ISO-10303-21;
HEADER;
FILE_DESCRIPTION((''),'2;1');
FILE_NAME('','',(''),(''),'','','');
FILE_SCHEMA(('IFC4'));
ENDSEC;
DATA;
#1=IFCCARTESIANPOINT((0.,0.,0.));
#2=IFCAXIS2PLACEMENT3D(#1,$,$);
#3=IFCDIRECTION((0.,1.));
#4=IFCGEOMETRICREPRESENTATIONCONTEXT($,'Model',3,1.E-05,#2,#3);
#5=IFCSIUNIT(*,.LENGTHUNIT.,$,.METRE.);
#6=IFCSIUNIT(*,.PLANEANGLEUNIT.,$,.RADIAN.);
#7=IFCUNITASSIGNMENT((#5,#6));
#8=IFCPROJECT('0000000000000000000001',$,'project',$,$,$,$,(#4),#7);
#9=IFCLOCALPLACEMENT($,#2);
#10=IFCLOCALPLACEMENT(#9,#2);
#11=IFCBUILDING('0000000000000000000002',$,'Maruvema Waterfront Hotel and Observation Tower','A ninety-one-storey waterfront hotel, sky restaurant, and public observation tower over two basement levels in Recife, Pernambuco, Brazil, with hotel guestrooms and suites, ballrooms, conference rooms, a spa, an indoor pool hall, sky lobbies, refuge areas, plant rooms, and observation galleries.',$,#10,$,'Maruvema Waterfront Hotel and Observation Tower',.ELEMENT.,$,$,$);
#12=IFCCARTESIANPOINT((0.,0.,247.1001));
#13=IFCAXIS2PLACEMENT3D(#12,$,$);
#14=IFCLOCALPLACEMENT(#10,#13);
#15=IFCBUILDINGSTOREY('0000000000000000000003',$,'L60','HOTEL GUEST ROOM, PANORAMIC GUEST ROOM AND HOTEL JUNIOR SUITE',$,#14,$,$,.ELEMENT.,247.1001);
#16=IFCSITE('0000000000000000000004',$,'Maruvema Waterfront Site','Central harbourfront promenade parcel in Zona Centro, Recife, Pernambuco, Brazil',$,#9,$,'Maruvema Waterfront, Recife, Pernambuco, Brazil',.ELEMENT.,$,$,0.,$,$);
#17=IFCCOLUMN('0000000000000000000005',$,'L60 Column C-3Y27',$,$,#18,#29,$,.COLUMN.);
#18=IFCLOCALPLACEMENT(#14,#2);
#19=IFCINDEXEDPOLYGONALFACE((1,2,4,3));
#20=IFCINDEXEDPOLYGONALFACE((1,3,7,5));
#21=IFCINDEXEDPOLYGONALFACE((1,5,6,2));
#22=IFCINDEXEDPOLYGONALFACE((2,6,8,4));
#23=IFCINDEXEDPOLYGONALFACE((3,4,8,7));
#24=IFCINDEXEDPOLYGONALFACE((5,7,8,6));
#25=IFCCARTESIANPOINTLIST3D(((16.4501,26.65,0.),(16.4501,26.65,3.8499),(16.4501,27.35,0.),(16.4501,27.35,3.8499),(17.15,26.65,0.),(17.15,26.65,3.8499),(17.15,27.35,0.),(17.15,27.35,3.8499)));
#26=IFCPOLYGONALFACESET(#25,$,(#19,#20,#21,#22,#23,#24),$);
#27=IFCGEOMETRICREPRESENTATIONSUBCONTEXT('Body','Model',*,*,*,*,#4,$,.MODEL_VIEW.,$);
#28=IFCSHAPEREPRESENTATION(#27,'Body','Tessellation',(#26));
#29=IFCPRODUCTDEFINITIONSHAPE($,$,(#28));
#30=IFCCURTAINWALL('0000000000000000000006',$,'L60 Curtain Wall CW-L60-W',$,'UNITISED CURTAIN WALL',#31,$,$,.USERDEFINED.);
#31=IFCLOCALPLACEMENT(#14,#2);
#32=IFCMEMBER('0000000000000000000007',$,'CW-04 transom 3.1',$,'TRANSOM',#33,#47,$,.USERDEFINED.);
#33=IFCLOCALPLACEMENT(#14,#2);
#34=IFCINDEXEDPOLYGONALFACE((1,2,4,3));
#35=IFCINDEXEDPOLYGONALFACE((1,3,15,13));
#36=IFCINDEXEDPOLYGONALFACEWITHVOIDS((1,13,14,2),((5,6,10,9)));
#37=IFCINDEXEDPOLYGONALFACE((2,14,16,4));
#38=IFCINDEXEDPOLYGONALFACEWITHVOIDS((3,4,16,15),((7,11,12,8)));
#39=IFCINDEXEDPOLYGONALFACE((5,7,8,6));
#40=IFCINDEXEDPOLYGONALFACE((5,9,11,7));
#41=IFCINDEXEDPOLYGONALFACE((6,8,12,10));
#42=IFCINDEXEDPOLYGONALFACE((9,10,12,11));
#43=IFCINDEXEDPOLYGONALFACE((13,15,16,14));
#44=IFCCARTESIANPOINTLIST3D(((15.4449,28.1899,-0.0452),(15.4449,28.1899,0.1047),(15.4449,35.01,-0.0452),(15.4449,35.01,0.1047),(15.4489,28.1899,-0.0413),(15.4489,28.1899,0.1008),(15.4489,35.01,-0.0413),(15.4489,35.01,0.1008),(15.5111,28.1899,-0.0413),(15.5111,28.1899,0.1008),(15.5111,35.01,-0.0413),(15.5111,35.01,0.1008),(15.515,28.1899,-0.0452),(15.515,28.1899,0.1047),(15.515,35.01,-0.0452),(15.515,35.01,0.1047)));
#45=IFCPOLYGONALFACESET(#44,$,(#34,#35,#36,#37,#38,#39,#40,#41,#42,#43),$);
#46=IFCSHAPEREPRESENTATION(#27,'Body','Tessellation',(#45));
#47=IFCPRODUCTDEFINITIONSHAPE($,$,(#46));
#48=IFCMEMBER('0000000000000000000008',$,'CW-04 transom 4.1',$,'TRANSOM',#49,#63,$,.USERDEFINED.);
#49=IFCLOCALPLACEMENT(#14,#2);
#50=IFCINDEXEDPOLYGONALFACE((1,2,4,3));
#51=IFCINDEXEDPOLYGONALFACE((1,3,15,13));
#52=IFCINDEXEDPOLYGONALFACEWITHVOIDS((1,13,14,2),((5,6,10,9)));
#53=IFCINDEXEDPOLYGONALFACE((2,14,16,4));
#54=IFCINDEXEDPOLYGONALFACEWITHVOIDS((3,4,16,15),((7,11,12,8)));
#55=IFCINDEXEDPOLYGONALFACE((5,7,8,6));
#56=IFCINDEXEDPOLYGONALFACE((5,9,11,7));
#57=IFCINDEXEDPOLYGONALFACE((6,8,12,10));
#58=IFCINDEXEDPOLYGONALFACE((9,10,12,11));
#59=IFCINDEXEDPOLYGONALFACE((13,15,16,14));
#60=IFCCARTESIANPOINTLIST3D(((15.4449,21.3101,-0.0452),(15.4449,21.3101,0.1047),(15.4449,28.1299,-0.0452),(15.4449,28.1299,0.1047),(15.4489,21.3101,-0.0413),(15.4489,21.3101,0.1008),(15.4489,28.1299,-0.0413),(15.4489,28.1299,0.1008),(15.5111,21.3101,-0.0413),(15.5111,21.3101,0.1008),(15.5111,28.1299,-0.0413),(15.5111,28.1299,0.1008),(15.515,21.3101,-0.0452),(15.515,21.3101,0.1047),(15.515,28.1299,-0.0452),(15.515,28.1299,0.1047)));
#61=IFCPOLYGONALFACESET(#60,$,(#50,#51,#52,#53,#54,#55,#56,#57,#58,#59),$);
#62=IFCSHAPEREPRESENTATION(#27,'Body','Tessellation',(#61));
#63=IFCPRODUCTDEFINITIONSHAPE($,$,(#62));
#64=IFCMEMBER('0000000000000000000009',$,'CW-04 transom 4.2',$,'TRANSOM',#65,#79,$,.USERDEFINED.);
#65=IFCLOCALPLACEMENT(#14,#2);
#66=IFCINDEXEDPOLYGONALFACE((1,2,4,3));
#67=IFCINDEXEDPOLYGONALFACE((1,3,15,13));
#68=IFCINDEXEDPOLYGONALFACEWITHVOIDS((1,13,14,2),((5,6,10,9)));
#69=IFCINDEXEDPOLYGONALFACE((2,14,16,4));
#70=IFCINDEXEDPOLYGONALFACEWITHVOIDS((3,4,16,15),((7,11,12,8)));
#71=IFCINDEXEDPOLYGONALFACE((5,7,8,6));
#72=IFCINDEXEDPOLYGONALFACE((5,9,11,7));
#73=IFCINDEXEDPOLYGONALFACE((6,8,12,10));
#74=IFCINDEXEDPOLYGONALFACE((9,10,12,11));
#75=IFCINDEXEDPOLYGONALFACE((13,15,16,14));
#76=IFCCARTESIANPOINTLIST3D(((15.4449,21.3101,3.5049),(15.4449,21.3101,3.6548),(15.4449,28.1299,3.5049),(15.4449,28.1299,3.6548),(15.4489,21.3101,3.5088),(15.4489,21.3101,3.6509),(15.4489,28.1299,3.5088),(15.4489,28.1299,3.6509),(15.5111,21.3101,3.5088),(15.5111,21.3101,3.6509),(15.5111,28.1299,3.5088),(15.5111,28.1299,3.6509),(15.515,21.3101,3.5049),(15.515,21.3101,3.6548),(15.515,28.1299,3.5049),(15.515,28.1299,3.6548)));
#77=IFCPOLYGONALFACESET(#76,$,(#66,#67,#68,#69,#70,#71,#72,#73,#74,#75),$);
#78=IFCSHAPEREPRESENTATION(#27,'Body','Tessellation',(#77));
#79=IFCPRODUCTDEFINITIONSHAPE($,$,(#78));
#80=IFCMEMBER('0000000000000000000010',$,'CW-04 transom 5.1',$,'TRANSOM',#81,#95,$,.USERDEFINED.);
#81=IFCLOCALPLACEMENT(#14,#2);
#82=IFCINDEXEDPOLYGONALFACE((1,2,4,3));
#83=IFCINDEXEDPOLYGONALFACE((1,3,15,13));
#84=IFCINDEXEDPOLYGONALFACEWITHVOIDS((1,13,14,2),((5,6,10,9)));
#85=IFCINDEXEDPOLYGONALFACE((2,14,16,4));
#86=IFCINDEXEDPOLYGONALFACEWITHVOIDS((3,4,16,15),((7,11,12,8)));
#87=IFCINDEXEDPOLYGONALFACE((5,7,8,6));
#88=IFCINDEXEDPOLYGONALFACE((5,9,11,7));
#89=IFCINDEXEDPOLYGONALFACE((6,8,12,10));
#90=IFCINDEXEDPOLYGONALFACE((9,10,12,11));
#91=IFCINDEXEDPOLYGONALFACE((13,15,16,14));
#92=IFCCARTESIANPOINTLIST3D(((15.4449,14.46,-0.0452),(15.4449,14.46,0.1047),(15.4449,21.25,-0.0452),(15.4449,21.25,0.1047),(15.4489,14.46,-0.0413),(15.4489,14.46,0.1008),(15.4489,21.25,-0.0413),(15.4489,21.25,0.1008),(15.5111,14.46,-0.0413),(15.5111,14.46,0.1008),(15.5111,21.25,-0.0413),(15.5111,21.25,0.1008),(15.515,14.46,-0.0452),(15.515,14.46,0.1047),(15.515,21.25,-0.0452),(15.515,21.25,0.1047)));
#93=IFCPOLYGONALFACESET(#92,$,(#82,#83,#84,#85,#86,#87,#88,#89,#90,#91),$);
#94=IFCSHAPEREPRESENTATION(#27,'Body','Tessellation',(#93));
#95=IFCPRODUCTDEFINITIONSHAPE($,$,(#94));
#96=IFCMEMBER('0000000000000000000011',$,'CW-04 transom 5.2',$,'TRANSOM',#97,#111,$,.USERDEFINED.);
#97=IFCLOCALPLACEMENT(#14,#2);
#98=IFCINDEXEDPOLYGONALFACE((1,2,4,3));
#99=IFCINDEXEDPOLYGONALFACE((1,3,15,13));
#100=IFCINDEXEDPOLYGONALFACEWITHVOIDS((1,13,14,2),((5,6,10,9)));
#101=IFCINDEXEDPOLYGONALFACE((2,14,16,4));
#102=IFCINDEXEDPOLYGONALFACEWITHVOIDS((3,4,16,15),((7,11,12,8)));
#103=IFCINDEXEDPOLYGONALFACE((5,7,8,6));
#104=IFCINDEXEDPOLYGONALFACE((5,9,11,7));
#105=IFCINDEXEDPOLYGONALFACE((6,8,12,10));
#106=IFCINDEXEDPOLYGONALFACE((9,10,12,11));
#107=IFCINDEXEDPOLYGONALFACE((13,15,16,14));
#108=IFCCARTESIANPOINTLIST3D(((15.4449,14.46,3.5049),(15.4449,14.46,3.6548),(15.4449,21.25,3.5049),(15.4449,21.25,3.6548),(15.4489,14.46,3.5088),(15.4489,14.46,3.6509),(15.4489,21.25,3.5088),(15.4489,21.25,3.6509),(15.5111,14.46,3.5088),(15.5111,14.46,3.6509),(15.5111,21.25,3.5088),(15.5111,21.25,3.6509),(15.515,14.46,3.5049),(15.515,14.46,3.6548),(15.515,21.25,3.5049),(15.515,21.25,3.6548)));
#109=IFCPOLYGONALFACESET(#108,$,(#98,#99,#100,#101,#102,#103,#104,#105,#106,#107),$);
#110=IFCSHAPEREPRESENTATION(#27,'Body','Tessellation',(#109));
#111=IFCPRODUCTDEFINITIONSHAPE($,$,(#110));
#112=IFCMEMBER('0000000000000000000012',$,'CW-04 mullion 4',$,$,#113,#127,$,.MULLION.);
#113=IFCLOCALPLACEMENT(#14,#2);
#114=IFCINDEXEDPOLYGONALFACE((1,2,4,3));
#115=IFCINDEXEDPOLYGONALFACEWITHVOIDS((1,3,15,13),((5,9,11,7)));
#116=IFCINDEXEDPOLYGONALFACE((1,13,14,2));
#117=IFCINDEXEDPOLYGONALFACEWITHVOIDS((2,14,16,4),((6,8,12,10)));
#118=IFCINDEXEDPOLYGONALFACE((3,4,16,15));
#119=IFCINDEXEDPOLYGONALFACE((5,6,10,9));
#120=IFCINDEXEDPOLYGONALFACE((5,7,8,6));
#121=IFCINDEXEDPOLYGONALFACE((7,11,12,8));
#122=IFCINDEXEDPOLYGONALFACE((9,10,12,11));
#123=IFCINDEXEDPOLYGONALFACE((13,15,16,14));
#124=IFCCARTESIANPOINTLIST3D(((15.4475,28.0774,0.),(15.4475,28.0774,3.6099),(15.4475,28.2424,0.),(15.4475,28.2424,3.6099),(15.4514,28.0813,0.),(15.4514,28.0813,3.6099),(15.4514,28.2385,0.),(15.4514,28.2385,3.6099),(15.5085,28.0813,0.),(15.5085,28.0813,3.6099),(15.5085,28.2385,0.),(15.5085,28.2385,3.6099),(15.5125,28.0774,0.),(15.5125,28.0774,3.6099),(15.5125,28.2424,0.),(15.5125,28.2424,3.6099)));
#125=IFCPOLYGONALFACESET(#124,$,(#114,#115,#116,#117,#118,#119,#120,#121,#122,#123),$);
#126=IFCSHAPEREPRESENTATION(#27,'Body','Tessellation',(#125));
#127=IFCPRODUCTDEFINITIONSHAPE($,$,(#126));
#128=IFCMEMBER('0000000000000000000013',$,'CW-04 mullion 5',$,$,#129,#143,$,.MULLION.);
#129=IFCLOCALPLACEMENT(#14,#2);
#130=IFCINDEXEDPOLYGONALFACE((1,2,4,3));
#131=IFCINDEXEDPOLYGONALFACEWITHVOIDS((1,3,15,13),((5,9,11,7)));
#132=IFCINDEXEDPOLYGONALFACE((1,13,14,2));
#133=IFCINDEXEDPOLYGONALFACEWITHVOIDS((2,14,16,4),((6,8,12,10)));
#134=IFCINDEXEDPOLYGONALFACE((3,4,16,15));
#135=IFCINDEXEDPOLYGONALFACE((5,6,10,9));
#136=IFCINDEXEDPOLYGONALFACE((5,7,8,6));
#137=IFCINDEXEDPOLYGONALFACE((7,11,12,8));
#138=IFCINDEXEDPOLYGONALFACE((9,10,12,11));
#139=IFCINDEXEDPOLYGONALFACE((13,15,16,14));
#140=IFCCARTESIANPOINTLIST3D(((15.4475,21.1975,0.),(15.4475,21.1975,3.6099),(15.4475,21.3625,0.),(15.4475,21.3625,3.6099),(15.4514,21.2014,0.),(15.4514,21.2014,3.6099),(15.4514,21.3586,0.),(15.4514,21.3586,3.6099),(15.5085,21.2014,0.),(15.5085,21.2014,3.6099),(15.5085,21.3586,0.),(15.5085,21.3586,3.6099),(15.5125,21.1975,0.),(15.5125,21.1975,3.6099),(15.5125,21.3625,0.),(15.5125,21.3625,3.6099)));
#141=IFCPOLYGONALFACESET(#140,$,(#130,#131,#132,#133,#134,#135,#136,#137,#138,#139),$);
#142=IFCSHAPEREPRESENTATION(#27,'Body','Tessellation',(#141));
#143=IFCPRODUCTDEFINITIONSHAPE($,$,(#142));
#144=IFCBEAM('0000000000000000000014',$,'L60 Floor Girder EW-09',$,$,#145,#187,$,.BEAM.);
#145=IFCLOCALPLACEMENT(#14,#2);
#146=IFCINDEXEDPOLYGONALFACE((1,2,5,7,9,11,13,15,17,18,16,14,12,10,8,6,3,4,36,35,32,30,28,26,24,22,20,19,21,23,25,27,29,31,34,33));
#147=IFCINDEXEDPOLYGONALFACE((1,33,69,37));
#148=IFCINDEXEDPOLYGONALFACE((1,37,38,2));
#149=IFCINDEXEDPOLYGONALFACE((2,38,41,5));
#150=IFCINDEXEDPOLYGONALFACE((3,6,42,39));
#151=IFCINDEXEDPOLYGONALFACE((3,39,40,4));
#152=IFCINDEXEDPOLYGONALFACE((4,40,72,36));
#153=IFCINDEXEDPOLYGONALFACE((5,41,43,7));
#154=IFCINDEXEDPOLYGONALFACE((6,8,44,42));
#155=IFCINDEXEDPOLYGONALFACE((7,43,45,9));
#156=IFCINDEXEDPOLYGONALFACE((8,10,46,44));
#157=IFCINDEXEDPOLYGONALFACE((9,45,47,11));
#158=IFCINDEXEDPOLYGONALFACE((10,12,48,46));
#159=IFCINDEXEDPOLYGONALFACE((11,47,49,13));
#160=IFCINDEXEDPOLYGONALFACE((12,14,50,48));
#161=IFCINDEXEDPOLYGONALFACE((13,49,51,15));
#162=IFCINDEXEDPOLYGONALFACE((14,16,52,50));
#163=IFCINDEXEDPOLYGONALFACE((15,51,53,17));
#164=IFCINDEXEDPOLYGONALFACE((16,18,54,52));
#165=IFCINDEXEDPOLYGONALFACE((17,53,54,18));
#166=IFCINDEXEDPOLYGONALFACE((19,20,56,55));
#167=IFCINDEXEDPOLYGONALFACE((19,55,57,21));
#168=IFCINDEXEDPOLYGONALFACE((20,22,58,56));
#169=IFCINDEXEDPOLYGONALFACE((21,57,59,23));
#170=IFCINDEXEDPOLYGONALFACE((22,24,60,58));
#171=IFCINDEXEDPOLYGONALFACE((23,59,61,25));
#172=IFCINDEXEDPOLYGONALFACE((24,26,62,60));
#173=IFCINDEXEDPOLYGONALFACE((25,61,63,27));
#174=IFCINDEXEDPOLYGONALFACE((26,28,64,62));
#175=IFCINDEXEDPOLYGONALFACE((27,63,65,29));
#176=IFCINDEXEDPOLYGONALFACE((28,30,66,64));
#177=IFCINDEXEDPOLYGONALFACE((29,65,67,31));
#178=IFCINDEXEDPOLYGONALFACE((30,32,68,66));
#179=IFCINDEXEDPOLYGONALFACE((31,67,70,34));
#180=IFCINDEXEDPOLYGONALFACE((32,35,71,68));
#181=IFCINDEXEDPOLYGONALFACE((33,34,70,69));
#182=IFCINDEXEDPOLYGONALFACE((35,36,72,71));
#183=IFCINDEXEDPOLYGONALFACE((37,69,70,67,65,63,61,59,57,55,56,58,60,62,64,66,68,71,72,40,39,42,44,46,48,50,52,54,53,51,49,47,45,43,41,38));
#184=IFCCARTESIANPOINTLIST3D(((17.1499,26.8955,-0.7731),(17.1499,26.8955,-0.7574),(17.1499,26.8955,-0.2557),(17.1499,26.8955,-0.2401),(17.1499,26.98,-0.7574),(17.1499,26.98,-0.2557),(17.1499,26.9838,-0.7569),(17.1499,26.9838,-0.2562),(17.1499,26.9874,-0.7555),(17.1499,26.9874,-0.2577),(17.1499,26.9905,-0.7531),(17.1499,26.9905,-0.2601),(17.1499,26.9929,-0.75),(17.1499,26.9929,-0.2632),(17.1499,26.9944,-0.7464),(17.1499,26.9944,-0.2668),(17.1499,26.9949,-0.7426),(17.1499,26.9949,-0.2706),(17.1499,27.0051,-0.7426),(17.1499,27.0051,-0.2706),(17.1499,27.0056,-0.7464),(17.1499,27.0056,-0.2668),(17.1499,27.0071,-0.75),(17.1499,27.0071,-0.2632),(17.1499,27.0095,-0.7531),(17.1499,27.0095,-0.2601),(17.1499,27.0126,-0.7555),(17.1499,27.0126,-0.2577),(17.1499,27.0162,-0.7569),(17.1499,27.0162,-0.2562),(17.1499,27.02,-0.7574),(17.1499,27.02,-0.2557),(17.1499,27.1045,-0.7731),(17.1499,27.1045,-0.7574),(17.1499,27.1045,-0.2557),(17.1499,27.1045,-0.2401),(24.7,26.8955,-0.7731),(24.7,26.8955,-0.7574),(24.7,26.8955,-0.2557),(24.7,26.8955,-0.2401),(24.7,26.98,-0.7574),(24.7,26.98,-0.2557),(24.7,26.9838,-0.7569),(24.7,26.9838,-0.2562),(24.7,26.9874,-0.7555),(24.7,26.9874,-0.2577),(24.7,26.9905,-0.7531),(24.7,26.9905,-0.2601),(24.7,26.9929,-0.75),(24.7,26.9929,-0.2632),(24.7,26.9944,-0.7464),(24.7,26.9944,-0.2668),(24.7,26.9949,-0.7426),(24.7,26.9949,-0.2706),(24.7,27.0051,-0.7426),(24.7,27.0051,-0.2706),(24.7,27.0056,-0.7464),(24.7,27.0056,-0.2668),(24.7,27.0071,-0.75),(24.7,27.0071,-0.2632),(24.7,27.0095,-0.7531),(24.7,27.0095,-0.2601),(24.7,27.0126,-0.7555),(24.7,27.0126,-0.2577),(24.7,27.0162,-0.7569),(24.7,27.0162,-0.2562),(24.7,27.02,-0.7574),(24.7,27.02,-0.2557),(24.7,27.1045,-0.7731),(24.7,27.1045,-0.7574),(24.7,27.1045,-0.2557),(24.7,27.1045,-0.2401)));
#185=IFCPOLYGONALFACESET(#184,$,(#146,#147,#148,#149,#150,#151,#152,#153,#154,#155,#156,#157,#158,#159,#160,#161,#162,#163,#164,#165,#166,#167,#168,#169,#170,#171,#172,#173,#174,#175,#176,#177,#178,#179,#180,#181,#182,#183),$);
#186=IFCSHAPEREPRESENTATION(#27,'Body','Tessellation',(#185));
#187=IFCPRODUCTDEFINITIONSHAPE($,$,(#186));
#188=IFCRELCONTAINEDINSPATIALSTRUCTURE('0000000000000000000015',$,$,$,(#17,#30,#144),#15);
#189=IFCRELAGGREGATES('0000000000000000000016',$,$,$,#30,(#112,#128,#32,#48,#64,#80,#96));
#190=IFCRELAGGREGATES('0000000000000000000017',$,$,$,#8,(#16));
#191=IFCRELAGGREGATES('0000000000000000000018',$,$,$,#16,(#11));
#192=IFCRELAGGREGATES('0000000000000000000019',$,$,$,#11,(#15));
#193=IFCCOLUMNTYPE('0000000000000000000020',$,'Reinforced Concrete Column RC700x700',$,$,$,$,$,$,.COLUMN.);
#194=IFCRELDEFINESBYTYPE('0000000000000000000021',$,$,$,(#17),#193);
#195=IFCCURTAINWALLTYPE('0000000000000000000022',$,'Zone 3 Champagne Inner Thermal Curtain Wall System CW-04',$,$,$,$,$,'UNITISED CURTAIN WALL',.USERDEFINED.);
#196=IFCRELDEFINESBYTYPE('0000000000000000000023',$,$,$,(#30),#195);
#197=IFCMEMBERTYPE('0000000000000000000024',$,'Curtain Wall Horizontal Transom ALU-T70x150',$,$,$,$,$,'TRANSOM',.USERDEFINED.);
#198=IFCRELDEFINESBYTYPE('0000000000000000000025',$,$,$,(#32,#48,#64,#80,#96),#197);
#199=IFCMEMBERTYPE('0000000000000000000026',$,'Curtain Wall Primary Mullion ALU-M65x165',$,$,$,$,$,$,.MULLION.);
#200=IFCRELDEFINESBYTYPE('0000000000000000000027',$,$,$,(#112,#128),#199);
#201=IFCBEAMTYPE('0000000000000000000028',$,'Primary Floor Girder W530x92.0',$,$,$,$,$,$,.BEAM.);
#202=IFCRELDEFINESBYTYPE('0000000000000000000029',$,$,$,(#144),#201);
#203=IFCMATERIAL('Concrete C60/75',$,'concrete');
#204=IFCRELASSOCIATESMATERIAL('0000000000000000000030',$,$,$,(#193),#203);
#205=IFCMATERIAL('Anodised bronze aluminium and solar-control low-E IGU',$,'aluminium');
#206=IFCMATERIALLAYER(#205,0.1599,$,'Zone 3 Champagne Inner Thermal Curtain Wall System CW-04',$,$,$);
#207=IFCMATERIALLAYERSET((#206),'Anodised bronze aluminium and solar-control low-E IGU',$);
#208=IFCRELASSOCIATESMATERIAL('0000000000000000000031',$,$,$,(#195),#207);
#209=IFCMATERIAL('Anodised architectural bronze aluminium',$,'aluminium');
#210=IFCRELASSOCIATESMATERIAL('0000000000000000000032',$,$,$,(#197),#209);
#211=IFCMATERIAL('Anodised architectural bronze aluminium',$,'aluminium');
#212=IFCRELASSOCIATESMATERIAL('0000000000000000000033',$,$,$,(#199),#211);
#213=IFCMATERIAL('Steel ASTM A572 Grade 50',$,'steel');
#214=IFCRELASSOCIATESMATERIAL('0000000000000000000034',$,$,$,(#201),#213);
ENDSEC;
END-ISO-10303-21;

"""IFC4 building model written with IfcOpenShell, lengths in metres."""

from ifc_helpers import new_model, si_unit, direction, frame, origin, origin_2d, place, context, subcontext, project, spatial, rectangle, hollow_rectangle, i_section, extrude, material, layer, layer_set, material_profile, profile_set, type_object, element, aggregate, save


model = new_model("IFC4")

# Units and contexts
model_context = context("Model", 3, precision=1e-05, world=origin(), true_north=direction((0.0, 1.0)))
body_context = subcontext(model_context, "Body", "Model", "MODEL_VIEW")
ifc_project = project(units=[si_unit("LENGTHUNIT", "METRE"), si_unit("PLANEANGLEUNIT", "RADIAN")], contexts=[model_context])

# Site, building, storey
site_placement = place(None, origin())
site = spatial("IfcSite", under=ifc_project, at=site_placement, Name="Maruvema Waterfront Site", Description="Central harbourfront promenade parcel in Zona Centro, Recife, Pernambuco, Brazil", LongName="Maruvema Waterfront, Recife, Pernambuco, Brazil", CompositionType="ELEMENT", RefElevation=0.0)
building_placement = place(site_placement, origin())
building = spatial("IfcBuilding", under=site, at=building_placement, Name="Maruvema Waterfront Hotel and Observation Tower", Description="A ninety-one-storey waterfront hotel, sky restaurant, and public observation tower over two basement levels in Recife, Pernambuco, Brazil, with hotel guestrooms and suites, ballrooms, conference rooms, a spa, an indoor pool hall, sky lobbies, refuge areas, plant rooms, and observation galleries.", LongName="Maruvema Waterfront Hotel and Observation Tower", CompositionType="ELEMENT")
storey_placement = place(building_placement, frame((0.0, 0.0, 247.1001)))
storey = spatial("IfcBuildingStorey", under=building, at=storey_placement, Name="L60", Description="HOTEL GUEST ROOM, PANORAMIC GUEST ROOM AND HOTEL JUNIOR SUITE", CompositionType="ELEMENT", Elevation=247.1001)

# Column
ifc_material_1 = material(Name="Concrete C60/75", Category="concrete")
ifc_material_profile_1 = material_profile(ifc_material_1, rectangle(XDim=0.7, YDim=0.7, at=origin_2d()), Name="RC700x700")
ifc_profile_set_1 = profile_set([ifc_material_profile_1], Name="Concrete C60/75")
column_type = type_object("IfcColumnType", Name="Reinforced Concrete Column RC700x700", PredefinedType="COLUMN", material=ifc_profile_set_1)
column_placement = place(storey_placement, frame((16.8, 27.0, 0.0), z_axis=(0.0, 0.0, 1.0), x_axis=(1.0, 0.0, 0.0)))
element("IfcColumn", 1, at=column_placement, inside=storey, type_object=column_type, Name="L60 Column C-3Y27", PredefinedType="COLUMN", context=body_context, shape_type="SweptSolid", body=[
    extrude(rectangle(XDim=0.7, YDim=0.7, at=origin_2d()), origin(), (0.0, 0.0, 1.0), 3.8499),
])

# Curtain wall, members
ifc_material_2 = material(Name="Anodised bronze aluminium and solar-control low-E IGU", Category="aluminium")
ifc_layer_1 = layer(ifc_material_2, 0.1599, Name="Zone 3 Champagne Inner Thermal Curtain Wall System CW-04")
ifc_layer_set_1 = layer_set([ifc_layer_1], Name="Anodised bronze aluminium and solar-control low-E IGU")
curtain_wall_type = type_object("IfcCurtainWallType", Name="Zone 3 Champagne Inner Thermal Curtain Wall System CW-04", ElementType="UNITISED CURTAIN WALL", PredefinedType="USERDEFINED", material=ifc_layer_set_1)
curtain_wall_placement = place(storey_placement, origin())
curtain_wall = element("IfcCurtainWall", 2, at=curtain_wall_placement, inside=storey, type_object=curtain_wall_type, Name="L60 Curtain Wall CW-L60-W", ObjectType="UNITISED CURTAIN WALL", PredefinedType="USERDEFINED")
ifc_material_3 = material(Name="Anodised architectural bronze aluminium", Category="aluminium")
ifc_material_profile_2 = material_profile(ifc_material_3, hollow_rectangle(XDim=0.0701, YDim=0.1499, WallThickness=0.0039, at=origin_2d()), Name="ALU-T70x150")
ifc_profile_set_2 = profile_set([ifc_material_profile_2], Name="Anodised architectural bronze aluminium")
member_type_1 = type_object("IfcMemberType", Name="Curtain Wall Horizontal Transom ALU-T70x150", ElementType="TRANSOM", PredefinedType="USERDEFINED", material=ifc_profile_set_2)
member_1_placement = place(storey_placement, frame((15.48, 35.01, 0.0298), z_axis=(0.0, -1.0, 0.0), x_axis=(1.0, 0.0, 0.0)))
member_1 = element("IfcMember", 3, at=member_1_placement, type_object=member_type_1, Name="CW-04 transom 3.1", ObjectType="TRANSOM", PredefinedType="USERDEFINED", context=body_context, shape_type="SweptSolid", body=[
    extrude(hollow_rectangle(XDim=0.0701, YDim=0.1499, WallThickness=0.0039, at=origin_2d()), origin(), (0.0, 0.0, 1.0), 6.8201),
])
member_2_placement = place(storey_placement, frame((15.48, 28.1299, 0.0298), z_axis=(0.0, -1.0, 0.0), x_axis=(1.0, 0.0, 0.0)))
member_2 = element("IfcMember", 4, at=member_2_placement, type_object=member_type_1, Name="CW-04 transom 4.1", ObjectType="TRANSOM", PredefinedType="USERDEFINED", context=body_context, shape_type="SweptSolid", body=[
    extrude(hollow_rectangle(XDim=0.0701, YDim=0.1499, WallThickness=0.0039, at=origin_2d()), origin(), (0.0, 0.0, 1.0), 6.8198),
])
member_3_placement = place(storey_placement, frame((15.48, 28.1299, 3.5798), z_axis=(0.0, -1.0, 0.0), x_axis=(1.0, 0.0, 0.0)))
member_3 = element("IfcMember", 5, at=member_3_placement, type_object=member_type_1, Name="CW-04 transom 4.2", ObjectType="TRANSOM", PredefinedType="USERDEFINED", context=body_context, shape_type="SweptSolid", body=[
    extrude(hollow_rectangle(XDim=0.0701, YDim=0.1499, WallThickness=0.0039, at=origin_2d()), origin(), (0.0, 0.0, 1.0), 6.8198),
])
member_4_placement = place(storey_placement, frame((15.48, 21.25, 0.0298), z_axis=(0.0, -1.0, 0.0), x_axis=(1.0, 0.0, 0.0)))
member_4 = element("IfcMember", 6, at=member_4_placement, type_object=member_type_1, Name="CW-04 transom 5.1", ObjectType="TRANSOM", PredefinedType="USERDEFINED", context=body_context, shape_type="SweptSolid", body=[
    extrude(hollow_rectangle(XDim=0.0701, YDim=0.1499, WallThickness=0.0039, at=origin_2d()), origin(), (0.0, 0.0, 1.0), 6.79),
])
member_5_placement = place(storey_placement, frame((15.48, 21.25, 3.5798), z_axis=(0.0, -1.0, 0.0), x_axis=(1.0, 0.0, 0.0)))
member_5 = element("IfcMember", 7, at=member_5_placement, type_object=member_type_1, Name="CW-04 transom 5.2", ObjectType="TRANSOM", PredefinedType="USERDEFINED", context=body_context, shape_type="SweptSolid", body=[
    extrude(hollow_rectangle(XDim=0.0701, YDim=0.1499, WallThickness=0.0039, at=origin_2d()), origin(), (0.0, 0.0, 1.0), 6.79),
])
ifc_material_4 = material(Name="Anodised architectural bronze aluminium", Category="aluminium")
ifc_material_profile_3 = material_profile(ifc_material_4, hollow_rectangle(XDim=0.0649, YDim=0.165, WallThickness=0.0039, at=origin_2d()), Name="ALU-M65x165")
ifc_profile_set_3 = profile_set([ifc_material_profile_3], Name="Anodised architectural bronze aluminium")
member_type_2 = type_object("IfcMemberType", Name="Curtain Wall Primary Mullion ALU-M65x165", PredefinedType="MULLION", material=ifc_profile_set_3)
member_6_placement = place(storey_placement, frame((15.48, 28.1599, 0.0), z_axis=(0.0, 0.0, 1.0), x_axis=(1.0, 0.0, 0.0)))
member_6 = element("IfcMember", 8, at=member_6_placement, type_object=member_type_2, Name="CW-04 mullion 4", PredefinedType="MULLION", context=body_context, shape_type="SweptSolid", body=[
    extrude(hollow_rectangle(XDim=0.0649, YDim=0.165, WallThickness=0.0039, at=origin_2d()), origin(), (0.0, 0.0, 1.0), 3.6099),
])
member_7_placement = place(storey_placement, frame((15.48, 21.28, 0.0), z_axis=(0.0, 0.0, 1.0), x_axis=(1.0, 0.0, 0.0)))
member_7 = element("IfcMember", 9, at=member_7_placement, type_object=member_type_2, Name="CW-04 mullion 5", PredefinedType="MULLION", context=body_context, shape_type="SweptSolid", body=[
    extrude(hollow_rectangle(XDim=0.0649, YDim=0.165, WallThickness=0.0039, at=origin_2d()), origin(), (0.0, 0.0, 1.0), 3.6099),
])

# Beam
ifc_material_5 = material(Name="Steel ASTM A572 Grade 50", Category="steel")
ifc_material_profile_4 = material_profile(ifc_material_5, i_section(OverallWidth=0.209, OverallDepth=0.533, WebThickness=0.0103, FlangeThickness=0.0156, FilletRadius=0.0149, at=origin_2d()), Name="W530x92.0")
ifc_profile_set_4 = profile_set([ifc_material_profile_4], Name="Steel ASTM A572 Grade 50")
beam_type = type_object("IfcBeamType", Name="Primary Floor Girder W530x92.0", PredefinedType="BEAM", material=ifc_profile_set_4)
beam_placement = place(storey_placement, frame((17.1499, 27.0, -0.5066), z_axis=(1.0, 0.0, 0.0), x_axis=(0.0, 1.0, 0.0)))
element("IfcBeam", 10, at=beam_placement, inside=storey, type_object=beam_type, Name="L60 Floor Girder EW-09", PredefinedType="BEAM", context=body_context, shape_type="SweptSolid", body=[
    extrude(i_section(OverallWidth=0.209, OverallDepth=0.533, WebThickness=0.0103, FlangeThickness=0.0156, FilletRadius=0.0149, at=origin_2d()), origin(), (0.0, 0.0, 1.0), 7.55),
])

aggregate(curtain_wall, [member_6, member_7, member_1, member_2, member_3, member_4, member_5])

save(model, "model.ifc")
